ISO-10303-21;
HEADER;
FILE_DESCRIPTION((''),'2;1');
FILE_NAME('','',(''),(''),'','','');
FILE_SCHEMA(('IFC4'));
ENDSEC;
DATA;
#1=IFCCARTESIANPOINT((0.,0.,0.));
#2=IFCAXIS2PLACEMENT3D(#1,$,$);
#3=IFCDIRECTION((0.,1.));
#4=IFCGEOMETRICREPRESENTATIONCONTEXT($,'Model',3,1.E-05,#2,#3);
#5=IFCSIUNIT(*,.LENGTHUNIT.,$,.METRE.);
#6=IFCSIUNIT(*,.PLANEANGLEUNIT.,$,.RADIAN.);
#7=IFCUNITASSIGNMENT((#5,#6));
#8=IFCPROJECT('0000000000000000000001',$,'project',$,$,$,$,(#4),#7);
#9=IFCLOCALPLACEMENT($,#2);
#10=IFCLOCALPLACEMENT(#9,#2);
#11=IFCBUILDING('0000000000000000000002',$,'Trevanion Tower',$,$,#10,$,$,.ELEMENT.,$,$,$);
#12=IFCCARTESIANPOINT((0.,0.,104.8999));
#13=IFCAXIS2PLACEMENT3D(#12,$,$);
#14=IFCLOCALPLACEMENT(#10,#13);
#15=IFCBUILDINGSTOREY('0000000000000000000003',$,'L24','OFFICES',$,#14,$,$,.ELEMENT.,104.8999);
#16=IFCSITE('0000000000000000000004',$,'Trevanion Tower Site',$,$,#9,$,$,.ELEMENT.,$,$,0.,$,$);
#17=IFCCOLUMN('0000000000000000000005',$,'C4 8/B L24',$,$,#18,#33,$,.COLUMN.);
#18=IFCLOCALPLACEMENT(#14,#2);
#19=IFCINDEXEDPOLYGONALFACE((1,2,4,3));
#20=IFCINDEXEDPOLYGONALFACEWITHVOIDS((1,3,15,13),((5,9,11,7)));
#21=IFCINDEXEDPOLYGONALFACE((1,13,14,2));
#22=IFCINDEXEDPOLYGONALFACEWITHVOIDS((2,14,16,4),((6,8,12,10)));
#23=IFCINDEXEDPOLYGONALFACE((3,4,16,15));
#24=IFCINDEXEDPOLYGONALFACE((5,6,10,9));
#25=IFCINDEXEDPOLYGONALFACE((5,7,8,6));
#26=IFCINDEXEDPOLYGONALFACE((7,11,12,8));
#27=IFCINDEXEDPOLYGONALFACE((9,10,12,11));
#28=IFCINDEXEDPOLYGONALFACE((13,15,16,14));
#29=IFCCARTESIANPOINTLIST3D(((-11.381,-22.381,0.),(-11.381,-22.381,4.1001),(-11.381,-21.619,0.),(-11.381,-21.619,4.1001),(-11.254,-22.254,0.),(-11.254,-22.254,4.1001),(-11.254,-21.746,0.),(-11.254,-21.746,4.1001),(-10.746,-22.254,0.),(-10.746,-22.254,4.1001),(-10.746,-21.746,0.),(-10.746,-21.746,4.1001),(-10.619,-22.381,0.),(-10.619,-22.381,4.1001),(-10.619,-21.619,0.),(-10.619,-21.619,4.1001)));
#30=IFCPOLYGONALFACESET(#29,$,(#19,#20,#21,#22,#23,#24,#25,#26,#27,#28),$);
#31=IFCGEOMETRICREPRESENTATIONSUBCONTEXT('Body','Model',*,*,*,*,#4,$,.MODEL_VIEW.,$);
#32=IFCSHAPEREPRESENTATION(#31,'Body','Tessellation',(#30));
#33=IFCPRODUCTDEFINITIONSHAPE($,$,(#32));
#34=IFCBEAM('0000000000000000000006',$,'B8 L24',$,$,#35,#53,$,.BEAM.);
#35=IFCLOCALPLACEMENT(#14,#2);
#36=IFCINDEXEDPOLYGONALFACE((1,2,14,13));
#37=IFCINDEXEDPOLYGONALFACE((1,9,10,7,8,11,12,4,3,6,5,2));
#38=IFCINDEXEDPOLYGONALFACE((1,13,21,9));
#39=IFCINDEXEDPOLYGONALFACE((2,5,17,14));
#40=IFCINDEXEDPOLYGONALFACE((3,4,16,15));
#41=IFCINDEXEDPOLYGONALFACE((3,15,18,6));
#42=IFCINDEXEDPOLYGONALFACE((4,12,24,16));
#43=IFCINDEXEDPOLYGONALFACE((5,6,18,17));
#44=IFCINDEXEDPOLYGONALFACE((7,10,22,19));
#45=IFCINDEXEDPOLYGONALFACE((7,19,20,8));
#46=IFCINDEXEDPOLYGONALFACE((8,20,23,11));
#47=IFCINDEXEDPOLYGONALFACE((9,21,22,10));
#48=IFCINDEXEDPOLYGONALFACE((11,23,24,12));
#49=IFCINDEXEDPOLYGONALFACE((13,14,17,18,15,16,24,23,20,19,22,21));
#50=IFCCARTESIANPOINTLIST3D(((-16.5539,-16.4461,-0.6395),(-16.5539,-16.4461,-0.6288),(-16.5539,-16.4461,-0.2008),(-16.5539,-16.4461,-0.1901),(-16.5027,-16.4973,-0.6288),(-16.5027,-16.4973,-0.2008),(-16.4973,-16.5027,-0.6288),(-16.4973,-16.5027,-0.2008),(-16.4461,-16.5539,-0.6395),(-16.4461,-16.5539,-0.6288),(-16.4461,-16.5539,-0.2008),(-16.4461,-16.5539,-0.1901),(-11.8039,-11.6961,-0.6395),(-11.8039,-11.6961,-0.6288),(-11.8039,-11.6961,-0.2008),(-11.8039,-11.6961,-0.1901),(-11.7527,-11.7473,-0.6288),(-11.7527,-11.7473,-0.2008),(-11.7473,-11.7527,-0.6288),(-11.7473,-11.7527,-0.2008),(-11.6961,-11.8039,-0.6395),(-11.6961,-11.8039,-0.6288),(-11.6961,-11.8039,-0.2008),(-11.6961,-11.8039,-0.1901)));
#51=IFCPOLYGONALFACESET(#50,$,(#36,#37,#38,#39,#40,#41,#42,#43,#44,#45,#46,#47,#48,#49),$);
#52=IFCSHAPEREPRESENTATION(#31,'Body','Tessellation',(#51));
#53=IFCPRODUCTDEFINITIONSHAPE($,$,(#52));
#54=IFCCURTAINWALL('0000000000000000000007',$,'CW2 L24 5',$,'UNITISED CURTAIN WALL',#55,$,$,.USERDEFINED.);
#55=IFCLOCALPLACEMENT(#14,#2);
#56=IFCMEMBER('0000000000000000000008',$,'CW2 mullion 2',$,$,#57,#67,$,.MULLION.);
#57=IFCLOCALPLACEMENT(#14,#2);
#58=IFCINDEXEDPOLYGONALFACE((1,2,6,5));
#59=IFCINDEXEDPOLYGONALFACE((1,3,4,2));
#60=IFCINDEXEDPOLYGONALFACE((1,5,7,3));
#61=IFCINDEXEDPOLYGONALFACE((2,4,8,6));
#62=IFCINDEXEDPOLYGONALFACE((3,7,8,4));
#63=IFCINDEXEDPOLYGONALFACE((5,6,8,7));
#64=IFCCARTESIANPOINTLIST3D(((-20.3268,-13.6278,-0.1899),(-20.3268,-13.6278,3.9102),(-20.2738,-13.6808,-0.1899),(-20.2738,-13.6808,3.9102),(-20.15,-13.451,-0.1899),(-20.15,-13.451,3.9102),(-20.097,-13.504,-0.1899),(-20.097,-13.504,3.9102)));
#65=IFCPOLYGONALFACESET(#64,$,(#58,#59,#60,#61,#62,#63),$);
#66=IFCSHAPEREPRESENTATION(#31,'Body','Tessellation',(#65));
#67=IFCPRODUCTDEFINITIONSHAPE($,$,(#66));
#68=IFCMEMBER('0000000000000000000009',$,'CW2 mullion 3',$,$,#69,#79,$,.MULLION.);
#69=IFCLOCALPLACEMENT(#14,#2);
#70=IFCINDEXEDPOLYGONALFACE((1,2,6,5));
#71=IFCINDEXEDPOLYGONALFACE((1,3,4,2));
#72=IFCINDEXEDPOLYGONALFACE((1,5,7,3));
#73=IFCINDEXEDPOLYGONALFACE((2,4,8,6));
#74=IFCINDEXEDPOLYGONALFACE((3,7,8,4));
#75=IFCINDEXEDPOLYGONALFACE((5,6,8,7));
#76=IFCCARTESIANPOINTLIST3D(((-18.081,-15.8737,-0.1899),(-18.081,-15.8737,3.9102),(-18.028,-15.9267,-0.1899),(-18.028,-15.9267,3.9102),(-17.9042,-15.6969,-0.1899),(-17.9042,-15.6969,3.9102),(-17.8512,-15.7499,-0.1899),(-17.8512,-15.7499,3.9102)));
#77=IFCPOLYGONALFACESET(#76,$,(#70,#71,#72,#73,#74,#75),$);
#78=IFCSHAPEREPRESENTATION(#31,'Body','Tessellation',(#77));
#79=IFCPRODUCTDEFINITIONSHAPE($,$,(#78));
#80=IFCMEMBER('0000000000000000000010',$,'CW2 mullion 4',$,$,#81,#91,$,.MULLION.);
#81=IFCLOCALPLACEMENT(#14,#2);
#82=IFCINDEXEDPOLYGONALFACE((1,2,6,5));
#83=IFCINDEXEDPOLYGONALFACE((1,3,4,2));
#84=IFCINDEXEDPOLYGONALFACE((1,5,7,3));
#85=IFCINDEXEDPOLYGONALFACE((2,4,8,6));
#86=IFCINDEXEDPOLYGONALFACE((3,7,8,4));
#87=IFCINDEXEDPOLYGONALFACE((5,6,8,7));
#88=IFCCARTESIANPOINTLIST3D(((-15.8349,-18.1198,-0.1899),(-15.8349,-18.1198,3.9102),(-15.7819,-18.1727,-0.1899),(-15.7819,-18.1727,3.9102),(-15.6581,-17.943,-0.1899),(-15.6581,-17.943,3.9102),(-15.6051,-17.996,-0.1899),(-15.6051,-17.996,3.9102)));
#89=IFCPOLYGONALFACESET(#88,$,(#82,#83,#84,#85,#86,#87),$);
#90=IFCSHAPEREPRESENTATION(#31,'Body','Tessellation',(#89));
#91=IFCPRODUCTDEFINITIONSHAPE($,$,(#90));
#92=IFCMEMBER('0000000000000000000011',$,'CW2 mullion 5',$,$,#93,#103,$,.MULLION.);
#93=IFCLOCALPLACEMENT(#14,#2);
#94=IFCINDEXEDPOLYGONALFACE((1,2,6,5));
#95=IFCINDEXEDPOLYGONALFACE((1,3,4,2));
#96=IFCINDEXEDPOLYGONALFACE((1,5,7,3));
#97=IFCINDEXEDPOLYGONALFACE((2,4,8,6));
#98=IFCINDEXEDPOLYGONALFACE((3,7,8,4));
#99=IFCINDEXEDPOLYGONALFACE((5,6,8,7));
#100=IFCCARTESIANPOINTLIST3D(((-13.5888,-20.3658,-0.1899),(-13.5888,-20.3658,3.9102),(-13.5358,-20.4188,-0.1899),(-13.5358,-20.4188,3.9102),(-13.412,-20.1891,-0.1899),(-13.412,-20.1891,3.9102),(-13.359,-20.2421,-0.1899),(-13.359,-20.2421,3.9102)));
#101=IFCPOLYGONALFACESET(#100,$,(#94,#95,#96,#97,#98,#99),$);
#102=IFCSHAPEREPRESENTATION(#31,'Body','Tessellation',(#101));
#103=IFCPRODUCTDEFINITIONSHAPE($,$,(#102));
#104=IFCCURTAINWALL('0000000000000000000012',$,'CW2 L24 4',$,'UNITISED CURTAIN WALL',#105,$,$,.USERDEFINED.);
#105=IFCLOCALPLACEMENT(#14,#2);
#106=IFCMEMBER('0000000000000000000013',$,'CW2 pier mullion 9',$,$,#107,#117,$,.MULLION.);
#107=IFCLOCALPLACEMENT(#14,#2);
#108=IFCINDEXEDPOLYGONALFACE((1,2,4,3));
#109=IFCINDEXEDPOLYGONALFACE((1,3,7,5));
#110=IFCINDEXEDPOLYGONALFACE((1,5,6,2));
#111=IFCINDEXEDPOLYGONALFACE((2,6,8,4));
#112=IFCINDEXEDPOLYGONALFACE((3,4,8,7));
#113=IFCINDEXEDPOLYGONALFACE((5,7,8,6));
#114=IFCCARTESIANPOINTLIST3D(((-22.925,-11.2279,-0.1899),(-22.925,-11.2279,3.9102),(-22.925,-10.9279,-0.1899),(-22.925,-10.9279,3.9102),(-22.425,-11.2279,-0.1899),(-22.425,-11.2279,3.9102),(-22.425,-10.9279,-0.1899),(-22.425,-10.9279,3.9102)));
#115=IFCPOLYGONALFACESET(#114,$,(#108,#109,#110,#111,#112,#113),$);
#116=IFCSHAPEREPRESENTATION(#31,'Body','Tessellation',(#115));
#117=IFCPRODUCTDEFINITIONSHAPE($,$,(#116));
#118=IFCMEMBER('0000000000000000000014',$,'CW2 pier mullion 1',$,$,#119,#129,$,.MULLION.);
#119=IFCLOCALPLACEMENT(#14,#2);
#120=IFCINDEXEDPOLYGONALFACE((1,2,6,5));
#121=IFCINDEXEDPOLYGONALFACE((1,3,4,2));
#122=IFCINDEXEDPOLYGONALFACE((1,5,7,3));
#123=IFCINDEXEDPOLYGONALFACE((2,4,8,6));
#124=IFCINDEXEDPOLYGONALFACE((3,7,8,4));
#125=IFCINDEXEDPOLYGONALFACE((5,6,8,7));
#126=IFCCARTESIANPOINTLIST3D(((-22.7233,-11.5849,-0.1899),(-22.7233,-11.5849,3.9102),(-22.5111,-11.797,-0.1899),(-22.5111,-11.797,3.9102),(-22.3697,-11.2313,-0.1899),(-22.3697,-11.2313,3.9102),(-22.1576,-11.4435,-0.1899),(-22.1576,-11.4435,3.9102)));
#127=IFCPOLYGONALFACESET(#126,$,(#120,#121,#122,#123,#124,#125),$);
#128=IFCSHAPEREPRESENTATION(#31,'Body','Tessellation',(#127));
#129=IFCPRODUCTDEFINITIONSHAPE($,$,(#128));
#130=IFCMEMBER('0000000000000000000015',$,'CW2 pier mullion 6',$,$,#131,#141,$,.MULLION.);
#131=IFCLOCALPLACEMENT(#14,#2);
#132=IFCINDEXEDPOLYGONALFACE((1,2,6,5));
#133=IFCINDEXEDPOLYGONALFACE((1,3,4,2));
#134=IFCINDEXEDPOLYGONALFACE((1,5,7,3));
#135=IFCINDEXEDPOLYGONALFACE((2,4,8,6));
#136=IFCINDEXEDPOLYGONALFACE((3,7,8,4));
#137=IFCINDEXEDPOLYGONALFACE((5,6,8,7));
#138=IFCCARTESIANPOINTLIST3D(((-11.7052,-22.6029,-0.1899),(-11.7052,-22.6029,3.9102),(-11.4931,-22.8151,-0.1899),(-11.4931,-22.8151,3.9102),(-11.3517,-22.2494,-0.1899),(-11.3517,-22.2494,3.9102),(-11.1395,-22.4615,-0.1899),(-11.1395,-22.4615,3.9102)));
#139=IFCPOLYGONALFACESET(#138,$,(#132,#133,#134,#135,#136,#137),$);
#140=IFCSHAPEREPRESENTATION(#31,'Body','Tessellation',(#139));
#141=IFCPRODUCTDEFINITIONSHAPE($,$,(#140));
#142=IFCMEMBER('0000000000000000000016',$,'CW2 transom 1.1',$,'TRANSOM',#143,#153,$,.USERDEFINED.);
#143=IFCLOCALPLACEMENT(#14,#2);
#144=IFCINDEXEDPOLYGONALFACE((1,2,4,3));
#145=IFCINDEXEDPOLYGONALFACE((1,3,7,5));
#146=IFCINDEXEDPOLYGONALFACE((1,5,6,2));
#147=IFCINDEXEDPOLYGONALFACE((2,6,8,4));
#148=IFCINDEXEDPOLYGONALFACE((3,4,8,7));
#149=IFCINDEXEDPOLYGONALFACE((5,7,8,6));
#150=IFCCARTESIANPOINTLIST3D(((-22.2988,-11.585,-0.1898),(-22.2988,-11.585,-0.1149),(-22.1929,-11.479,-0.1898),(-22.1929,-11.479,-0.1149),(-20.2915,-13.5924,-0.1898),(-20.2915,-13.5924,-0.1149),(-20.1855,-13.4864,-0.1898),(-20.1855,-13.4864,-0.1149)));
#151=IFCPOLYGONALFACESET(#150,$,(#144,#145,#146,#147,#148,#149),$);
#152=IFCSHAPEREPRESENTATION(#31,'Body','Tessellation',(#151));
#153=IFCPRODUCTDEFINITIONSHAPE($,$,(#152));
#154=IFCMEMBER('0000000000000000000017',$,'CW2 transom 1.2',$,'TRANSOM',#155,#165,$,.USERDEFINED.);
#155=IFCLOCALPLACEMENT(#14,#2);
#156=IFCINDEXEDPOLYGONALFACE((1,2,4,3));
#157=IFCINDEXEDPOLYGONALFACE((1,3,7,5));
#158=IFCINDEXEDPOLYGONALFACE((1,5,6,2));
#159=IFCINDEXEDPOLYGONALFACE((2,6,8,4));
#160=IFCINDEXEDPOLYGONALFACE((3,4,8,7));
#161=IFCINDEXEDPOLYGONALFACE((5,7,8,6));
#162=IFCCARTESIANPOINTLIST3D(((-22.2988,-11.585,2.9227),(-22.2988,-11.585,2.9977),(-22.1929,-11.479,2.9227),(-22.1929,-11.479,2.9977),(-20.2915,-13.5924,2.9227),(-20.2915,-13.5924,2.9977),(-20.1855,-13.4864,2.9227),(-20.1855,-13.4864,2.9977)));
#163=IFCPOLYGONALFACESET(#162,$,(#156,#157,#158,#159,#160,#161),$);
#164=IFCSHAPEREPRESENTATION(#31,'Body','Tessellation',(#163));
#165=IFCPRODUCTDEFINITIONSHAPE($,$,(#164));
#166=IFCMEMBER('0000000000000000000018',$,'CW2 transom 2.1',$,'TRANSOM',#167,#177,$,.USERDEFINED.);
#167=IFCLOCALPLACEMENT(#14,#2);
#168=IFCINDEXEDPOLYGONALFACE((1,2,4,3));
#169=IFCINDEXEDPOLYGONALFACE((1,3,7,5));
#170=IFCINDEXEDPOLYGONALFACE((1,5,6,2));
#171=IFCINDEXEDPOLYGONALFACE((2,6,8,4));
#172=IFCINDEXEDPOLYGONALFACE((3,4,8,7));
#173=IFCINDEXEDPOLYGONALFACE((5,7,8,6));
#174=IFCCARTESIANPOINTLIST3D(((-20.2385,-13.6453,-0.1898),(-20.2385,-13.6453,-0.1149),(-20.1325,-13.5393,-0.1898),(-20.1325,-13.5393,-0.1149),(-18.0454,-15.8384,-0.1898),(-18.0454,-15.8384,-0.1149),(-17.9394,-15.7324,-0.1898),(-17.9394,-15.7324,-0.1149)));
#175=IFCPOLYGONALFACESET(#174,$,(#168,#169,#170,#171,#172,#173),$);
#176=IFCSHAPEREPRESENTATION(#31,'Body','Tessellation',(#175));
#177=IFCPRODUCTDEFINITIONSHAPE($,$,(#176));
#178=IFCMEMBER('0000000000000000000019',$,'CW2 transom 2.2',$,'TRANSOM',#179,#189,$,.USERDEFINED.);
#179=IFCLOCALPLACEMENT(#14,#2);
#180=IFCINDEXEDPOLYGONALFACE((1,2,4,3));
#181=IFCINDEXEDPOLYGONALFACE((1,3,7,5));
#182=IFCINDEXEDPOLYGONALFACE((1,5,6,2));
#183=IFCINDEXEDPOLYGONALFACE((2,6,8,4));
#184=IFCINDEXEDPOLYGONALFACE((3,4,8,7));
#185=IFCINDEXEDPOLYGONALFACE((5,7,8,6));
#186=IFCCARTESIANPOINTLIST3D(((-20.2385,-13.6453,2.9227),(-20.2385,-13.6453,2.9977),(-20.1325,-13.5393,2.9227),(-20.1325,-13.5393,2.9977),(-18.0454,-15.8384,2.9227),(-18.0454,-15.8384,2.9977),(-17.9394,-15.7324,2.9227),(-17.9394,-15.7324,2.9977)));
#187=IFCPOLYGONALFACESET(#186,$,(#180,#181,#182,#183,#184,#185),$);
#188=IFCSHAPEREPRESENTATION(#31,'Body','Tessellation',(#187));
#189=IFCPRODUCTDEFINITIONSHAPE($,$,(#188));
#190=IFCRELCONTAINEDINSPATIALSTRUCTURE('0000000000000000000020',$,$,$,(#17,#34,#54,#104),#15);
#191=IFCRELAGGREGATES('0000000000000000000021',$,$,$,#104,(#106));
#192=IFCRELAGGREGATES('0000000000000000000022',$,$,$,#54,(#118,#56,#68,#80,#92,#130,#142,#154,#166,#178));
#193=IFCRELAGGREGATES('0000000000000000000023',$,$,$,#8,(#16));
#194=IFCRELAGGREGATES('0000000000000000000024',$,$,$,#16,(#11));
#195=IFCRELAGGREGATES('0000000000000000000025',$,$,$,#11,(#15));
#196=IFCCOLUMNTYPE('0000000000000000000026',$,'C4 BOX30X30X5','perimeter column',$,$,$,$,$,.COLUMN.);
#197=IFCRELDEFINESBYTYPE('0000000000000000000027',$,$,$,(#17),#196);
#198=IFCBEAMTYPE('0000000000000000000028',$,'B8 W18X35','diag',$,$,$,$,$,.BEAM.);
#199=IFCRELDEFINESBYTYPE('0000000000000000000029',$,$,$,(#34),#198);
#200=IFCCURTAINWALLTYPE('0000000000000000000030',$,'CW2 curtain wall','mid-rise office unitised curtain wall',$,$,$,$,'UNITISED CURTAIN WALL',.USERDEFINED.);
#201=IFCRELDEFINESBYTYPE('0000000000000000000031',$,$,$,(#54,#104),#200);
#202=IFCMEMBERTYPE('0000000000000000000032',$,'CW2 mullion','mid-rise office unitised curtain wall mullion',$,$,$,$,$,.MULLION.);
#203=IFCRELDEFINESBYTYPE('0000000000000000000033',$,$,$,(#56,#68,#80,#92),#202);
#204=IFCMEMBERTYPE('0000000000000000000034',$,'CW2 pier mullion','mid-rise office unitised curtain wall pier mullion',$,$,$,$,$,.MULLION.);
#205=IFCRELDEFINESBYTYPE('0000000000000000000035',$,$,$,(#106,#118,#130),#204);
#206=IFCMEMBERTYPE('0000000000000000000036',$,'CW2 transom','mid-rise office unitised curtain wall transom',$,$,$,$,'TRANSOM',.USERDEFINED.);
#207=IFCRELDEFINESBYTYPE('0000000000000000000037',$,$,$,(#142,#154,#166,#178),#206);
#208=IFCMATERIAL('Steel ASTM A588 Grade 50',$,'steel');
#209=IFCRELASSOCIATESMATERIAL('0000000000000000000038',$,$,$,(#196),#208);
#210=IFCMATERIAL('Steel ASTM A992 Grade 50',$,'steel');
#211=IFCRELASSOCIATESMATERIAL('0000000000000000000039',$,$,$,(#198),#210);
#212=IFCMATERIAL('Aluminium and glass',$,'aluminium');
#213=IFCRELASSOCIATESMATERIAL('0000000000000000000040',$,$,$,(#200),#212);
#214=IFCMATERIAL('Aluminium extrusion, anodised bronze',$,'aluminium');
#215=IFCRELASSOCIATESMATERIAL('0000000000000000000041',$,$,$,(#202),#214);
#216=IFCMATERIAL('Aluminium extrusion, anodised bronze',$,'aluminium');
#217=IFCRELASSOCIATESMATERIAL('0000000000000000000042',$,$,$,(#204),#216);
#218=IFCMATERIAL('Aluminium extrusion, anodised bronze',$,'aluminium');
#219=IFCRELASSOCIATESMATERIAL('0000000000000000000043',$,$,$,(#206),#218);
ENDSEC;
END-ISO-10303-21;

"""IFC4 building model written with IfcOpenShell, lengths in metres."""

from ifc_helpers import new_model, si_unit, direction, frame, origin, origin_2d, place, context, subcontext, project, spatial, rectangle, hollow_rectangle, i_section, extrude, material, material_profile, profile_set, type_object, element, aggregate, save


model = new_model("IFC4")

# Units and contexts
model_context = context("Model", 3, precision=1e-05, world=origin(), true_north=direction((0.0, 1.0)))
body_context = subcontext(model_context, "Body", "Model", "MODEL_VIEW")
ifc_project = project(units=[si_unit("LENGTHUNIT", "METRE"), si_unit("PLANEANGLEUNIT", "RADIAN")], contexts=[model_context])

# Site, building, storey
site_placement = place(None, origin())
site = spatial("IfcSite", under=ifc_project, at=site_placement, Name="Trevanion Tower Site", CompositionType="ELEMENT", RefElevation=0.0)
building_placement = place(site_placement, origin())
building = spatial("IfcBuilding", under=site, at=building_placement, Name="Trevanion Tower", CompositionType="ELEMENT")
storey_placement = place(building_placement, frame((0.0, 0.0, 104.8999)))
storey = spatial("IfcBuildingStorey", under=building, at=storey_placement, Name="L24", Description="OFFICES", CompositionType="ELEMENT", Elevation=104.8999)

# Column
ifc_material_1 = material(Name="Steel ASTM A588 Grade 50", Category="steel")
ifc_material_profile_1 = material_profile(ifc_material_1, hollow_rectangle(XDim=0.762, YDim=0.762, WallThickness=0.127, at=origin_2d()), Name="BOX30X30X5")
ifc_profile_set_1 = profile_set([ifc_material_profile_1], Name="Steel ASTM A588 Grade 50")
column_type = type_object("IfcColumnType", Name="C4 BOX30X30X5", Description="perimeter column", PredefinedType="COLUMN", material=ifc_profile_set_1)
column_placement = place(storey_placement, frame((-11.0, -22.0, 0.0), z_axis=(0.0, 0.0, 1.0), x_axis=(1.0, 0.0, 0.0)))
element("IfcColumn", 1, at=column_placement, inside=storey, type_object=column_type, Name="C4 8/B L24", PredefinedType="COLUMN", context=body_context, shape_type="SweptSolid", body=[
    extrude(hollow_rectangle(XDim=0.762, YDim=0.762, WallThickness=0.127, at=origin_2d()), origin(), (0.0, 0.0, 1.0), 4.1001),
])

# Beam
ifc_material_2 = material(Name="Steel ASTM A992 Grade 50", Category="steel")
ifc_material_profile_2 = material_profile(ifc_material_2, i_section(OverallWidth=0.1523, OverallDepth=0.4495, WebThickness=0.0076, FlangeThickness=0.0107, at=origin_2d()), Name="W18X35")
ifc_profile_set_2 = profile_set([ifc_material_profile_2], Name="Steel ASTM A992 Grade 50")
beam_type_1 = type_object("IfcBeamType", Name="B8 W18X35", Description="diag", PredefinedType="BEAM", material=ifc_profile_set_2)
beam_1_placement = place(storey_placement, frame((-11.75, -11.75, -0.4148), z_axis=(-0.707107, -0.707107, 0.0), x_axis=(0.707107, -0.707107, 0.0)))
element("IfcBeam", 2, at=beam_1_placement, inside=storey, type_object=beam_type_1, Name="B8 L24", PredefinedType="BEAM", context=body_context, shape_type="SweptSolid", body=[
    extrude(i_section(OverallWidth=0.1523, OverallDepth=0.4495, WebThickness=0.0076, FlangeThickness=0.0107, at=origin_2d()), origin(), (0.0, 0.0, 1.0), 6.7175),
])

# Curtain wall, members
ifc_material_3 = material(Name="Aluminium and glass", Category="aluminium")
curtain_wall_type = type_object("IfcCurtainWallType", Name="CW2 curtain wall", Description="mid-rise office unitised curtain wall", ElementType="UNITISED CURTAIN WALL", PredefinedType="USERDEFINED", material=ifc_material_3)
curtain_wall_1_placement = place(storey_placement, origin())
curtain_wall_1 = element("IfcCurtainWall", 3, at=curtain_wall_1_placement, inside=storey, type_object=curtain_wall_type, Name="CW2 L24 5", ObjectType="UNITISED CURTAIN WALL", PredefinedType="USERDEFINED")
ifc_material_4 = material(Name="Aluminium extrusion, anodised bronze", Category="aluminium")
ifc_material_profile_3 = material_profile(ifc_material_4, rectangle(XDim=0.075, YDim=0.25, at=origin_2d()), Name="CW2 mullion")
ifc_profile_set_3 = profile_set([ifc_material_profile_3], Name="Aluminium extrusion, anodised bronze")
member_type_1 = type_object("IfcMemberType", Name="CW2 mullion", Description="mid-rise office unitised curtain wall mullion", PredefinedType="MULLION", material=ifc_profile_set_3)
member_1_placement = place(storey_placement, frame((-20.2119, -13.5659, -0.1899), z_axis=(0.0, 0.0, 1.0), x_axis=(0.707107, -0.707107, 0.0)))
member_1 = element("IfcMember", 4, at=member_1_placement, type_object=member_type_1, Name="CW2 mullion 2", PredefinedType="MULLION", context=body_context, shape_type="SweptSolid", body=[
    extrude(rectangle(XDim=0.075, YDim=0.25, at=origin_2d()), origin(), (0.0, 0.0, 1.0), 4.1001),
])
member_2_placement = place(storey_placement, frame((-17.9661, -15.8118, -0.1899), z_axis=(0.0, 0.0, 1.0), x_axis=(0.707107, -0.707107, 0.0)))
member_2 = element("IfcMember", 5, at=member_2_placement, type_object=member_type_1, Name="CW2 mullion 3", PredefinedType="MULLION", context=body_context, shape_type="SweptSolid", body=[
    extrude(rectangle(XDim=0.075, YDim=0.25, at=origin_2d()), origin(), (0.0, 0.0, 1.0), 4.1001),
])
member_3_placement = place(storey_placement, frame((-15.72, -18.0579, -0.1899), z_axis=(0.0, 0.0, 1.0), x_axis=(0.707107, -0.707107, 0.0)))
member_3 = element("IfcMember", 6, at=member_3_placement, type_object=member_type_1, Name="CW2 mullion 4", PredefinedType="MULLION", context=body_context, shape_type="SweptSolid", body=[
    extrude(rectangle(XDim=0.075, YDim=0.25, at=origin_2d()), origin(), (0.0, 0.0, 1.0), 4.1001),
])
member_4_placement = place(storey_placement, frame((-13.4739, -20.304, -0.1899), z_axis=(0.0, 0.0, 1.0), x_axis=(0.707107, -0.707107, 0.0)))
member_4 = element("IfcMember", 7, at=member_4_placement, type_object=member_type_1, Name="CW2 mullion 5", PredefinedType="MULLION", context=body_context, shape_type="SweptSolid", body=[
    extrude(rectangle(XDim=0.075, YDim=0.25, at=origin_2d()), origin(), (0.0, 0.0, 1.0), 4.1001),
])

# Curtain wall, member
curtain_wall_2_placement = place(storey_placement, origin())
curtain_wall_2 = element("IfcCurtainWall", 8, at=curtain_wall_2_placement, inside=storey, type_object=curtain_wall_type, Name="CW2 L24 4", ObjectType="UNITISED CURTAIN WALL", PredefinedType="USERDEFINED")
ifc_material_5 = material(Name="Aluminium extrusion, anodised bronze", Category="aluminium")
ifc_material_profile_4 = material_profile(ifc_material_5, rectangle(XDim=0.3, YDim=0.5, at=origin_2d()), Name="CW2 pier mullion")
ifc_profile_set_4 = profile_set([ifc_material_profile_4], Name="Aluminium extrusion, anodised bronze")
member_type_2 = type_object("IfcMemberType", Name="CW2 pier mullion", Description="mid-rise office unitised curtain wall pier mullion", PredefinedType="MULLION", material=ifc_profile_set_4)
member_5_placement = place(storey_placement, frame((-22.675, -11.0779, -0.1899), z_axis=(0.0, 0.0, 1.0), x_axis=(0.0, -1.0, 0.0)))
member_5 = element("IfcMember", 9, at=member_5_placement, type_object=member_type_2, Name="CW2 pier mullion 9", PredefinedType="MULLION", context=body_context, shape_type="SweptSolid", body=[
    extrude(rectangle(XDim=0.3, YDim=0.5, at=origin_2d()), origin(), (0.0, 0.0, 1.0), 4.1001),
])
aggregate(curtain_wall_2, [member_5])

# Members
member_6_placement = place(storey_placement, frame((-22.4404, -11.5142, -0.1899), z_axis=(0.0, 0.0, 1.0), x_axis=(0.707107, -0.707107, 0.0)))
member_6 = element("IfcMember", 10, at=member_6_placement, type_object=member_type_2, Name="CW2 pier mullion 1", PredefinedType="MULLION", context=body_context, shape_type="SweptSolid", body=[
    extrude(rectangle(XDim=0.3, YDim=0.5, at=origin_2d()), origin(), (0.0, 0.0, 1.0), 4.1001),
])
member_7_placement = place(storey_placement, frame((-11.4224, -22.5322, -0.1899), z_axis=(0.0, 0.0, 1.0), x_axis=(0.707107, -0.707107, 0.0)))
member_7 = element("IfcMember", 11, at=member_7_placement, type_object=member_type_2, Name="CW2 pier mullion 6", PredefinedType="MULLION", context=body_context, shape_type="SweptSolid", body=[
    extrude(rectangle(XDim=0.3, YDim=0.5, at=origin_2d()), origin(), (0.0, 0.0, 1.0), 4.1001),
])
ifc_material_6 = material(Name="Aluminium extrusion, anodised bronze", Category="aluminium")
ifc_material_profile_5 = material_profile(ifc_material_6, rectangle(XDim=0.1499, YDim=0.075, at=origin_2d()), Name="CW2 transom")
ifc_profile_set_5 = profile_set([ifc_material_profile_5], Name="Aluminium extrusion, anodised bronze")
member_type_3 = type_object("IfcMemberType", Name="CW2 transom", Description="mid-rise office unitised curtain wall transom", ElementType="TRANSOM", PredefinedType="USERDEFINED", material=ifc_profile_set_5)
member_8_placement = place(storey_placement, frame((-22.2458, -11.532, -0.1523), z_axis=(0.707107, -0.707107, 0.0), x_axis=(0.707107, 0.707107, 0.0)))
member_8 = element("IfcMember", 12, at=member_8_placement, type_object=member_type_3, Name="CW2 transom 1.1", ObjectType="TRANSOM", PredefinedType="USERDEFINED", context=body_context, shape_type="SweptSolid", body=[
    extrude(rectangle(XDim=0.1499, YDim=0.075, at=origin_2d()), origin(), (0.0, 0.0, 1.0), 2.8389),
])
member_9_placement = place(storey_placement, frame((-22.2458, -11.532, 2.9602), z_axis=(0.707107, -0.707107, 0.0), x_axis=(0.707107, 0.707107, 0.0)))
member_9 = element("IfcMember", 13, at=member_9_placement, type_object=member_type_3, Name="CW2 transom 1.2", ObjectType="TRANSOM", PredefinedType="USERDEFINED", context=body_context, shape_type="SweptSolid", body=[
    extrude(rectangle(XDim=0.1499, YDim=0.075, at=origin_2d()), origin(), (0.0, 0.0, 1.0), 2.8389),
])
member_10_placement = place(storey_placement, frame((-20.1855, -13.5923, -0.1523), z_axis=(0.707107, -0.707107, 0.0), x_axis=(0.707107, 0.707107, 0.0)))
member_10 = element("IfcMember", 14, at=member_10_placement, type_object=member_type_3, Name="CW2 transom 2.1", ObjectType="TRANSOM", PredefinedType="USERDEFINED", context=body_context, shape_type="SweptSolid", body=[
    extrude(rectangle(XDim=0.1499, YDim=0.075, at=origin_2d()), origin(), (0.0, 0.0, 1.0), 3.1016),
])
member_11_placement = place(storey_placement, frame((-20.1855, -13.5923, 2.9602), z_axis=(0.707107, -0.707107, 0.0), x_axis=(0.707107, 0.707107, 0.0)))
member_11 = element("IfcMember", 15, at=member_11_placement, type_object=member_type_3, Name="CW2 transom 2.2", ObjectType="TRANSOM", PredefinedType="USERDEFINED", context=body_context, shape_type="SweptSolid", body=[
    extrude(rectangle(XDim=0.1499, YDim=0.075, at=origin_2d()), origin(), (0.0, 0.0, 1.0), 3.1016),
])

aggregate(curtain_wall_1, [member_6, member_1, member_2, member_3, member_4, member_7, member_8, member_9, member_10, member_11])

save(model, "model.ifc")
